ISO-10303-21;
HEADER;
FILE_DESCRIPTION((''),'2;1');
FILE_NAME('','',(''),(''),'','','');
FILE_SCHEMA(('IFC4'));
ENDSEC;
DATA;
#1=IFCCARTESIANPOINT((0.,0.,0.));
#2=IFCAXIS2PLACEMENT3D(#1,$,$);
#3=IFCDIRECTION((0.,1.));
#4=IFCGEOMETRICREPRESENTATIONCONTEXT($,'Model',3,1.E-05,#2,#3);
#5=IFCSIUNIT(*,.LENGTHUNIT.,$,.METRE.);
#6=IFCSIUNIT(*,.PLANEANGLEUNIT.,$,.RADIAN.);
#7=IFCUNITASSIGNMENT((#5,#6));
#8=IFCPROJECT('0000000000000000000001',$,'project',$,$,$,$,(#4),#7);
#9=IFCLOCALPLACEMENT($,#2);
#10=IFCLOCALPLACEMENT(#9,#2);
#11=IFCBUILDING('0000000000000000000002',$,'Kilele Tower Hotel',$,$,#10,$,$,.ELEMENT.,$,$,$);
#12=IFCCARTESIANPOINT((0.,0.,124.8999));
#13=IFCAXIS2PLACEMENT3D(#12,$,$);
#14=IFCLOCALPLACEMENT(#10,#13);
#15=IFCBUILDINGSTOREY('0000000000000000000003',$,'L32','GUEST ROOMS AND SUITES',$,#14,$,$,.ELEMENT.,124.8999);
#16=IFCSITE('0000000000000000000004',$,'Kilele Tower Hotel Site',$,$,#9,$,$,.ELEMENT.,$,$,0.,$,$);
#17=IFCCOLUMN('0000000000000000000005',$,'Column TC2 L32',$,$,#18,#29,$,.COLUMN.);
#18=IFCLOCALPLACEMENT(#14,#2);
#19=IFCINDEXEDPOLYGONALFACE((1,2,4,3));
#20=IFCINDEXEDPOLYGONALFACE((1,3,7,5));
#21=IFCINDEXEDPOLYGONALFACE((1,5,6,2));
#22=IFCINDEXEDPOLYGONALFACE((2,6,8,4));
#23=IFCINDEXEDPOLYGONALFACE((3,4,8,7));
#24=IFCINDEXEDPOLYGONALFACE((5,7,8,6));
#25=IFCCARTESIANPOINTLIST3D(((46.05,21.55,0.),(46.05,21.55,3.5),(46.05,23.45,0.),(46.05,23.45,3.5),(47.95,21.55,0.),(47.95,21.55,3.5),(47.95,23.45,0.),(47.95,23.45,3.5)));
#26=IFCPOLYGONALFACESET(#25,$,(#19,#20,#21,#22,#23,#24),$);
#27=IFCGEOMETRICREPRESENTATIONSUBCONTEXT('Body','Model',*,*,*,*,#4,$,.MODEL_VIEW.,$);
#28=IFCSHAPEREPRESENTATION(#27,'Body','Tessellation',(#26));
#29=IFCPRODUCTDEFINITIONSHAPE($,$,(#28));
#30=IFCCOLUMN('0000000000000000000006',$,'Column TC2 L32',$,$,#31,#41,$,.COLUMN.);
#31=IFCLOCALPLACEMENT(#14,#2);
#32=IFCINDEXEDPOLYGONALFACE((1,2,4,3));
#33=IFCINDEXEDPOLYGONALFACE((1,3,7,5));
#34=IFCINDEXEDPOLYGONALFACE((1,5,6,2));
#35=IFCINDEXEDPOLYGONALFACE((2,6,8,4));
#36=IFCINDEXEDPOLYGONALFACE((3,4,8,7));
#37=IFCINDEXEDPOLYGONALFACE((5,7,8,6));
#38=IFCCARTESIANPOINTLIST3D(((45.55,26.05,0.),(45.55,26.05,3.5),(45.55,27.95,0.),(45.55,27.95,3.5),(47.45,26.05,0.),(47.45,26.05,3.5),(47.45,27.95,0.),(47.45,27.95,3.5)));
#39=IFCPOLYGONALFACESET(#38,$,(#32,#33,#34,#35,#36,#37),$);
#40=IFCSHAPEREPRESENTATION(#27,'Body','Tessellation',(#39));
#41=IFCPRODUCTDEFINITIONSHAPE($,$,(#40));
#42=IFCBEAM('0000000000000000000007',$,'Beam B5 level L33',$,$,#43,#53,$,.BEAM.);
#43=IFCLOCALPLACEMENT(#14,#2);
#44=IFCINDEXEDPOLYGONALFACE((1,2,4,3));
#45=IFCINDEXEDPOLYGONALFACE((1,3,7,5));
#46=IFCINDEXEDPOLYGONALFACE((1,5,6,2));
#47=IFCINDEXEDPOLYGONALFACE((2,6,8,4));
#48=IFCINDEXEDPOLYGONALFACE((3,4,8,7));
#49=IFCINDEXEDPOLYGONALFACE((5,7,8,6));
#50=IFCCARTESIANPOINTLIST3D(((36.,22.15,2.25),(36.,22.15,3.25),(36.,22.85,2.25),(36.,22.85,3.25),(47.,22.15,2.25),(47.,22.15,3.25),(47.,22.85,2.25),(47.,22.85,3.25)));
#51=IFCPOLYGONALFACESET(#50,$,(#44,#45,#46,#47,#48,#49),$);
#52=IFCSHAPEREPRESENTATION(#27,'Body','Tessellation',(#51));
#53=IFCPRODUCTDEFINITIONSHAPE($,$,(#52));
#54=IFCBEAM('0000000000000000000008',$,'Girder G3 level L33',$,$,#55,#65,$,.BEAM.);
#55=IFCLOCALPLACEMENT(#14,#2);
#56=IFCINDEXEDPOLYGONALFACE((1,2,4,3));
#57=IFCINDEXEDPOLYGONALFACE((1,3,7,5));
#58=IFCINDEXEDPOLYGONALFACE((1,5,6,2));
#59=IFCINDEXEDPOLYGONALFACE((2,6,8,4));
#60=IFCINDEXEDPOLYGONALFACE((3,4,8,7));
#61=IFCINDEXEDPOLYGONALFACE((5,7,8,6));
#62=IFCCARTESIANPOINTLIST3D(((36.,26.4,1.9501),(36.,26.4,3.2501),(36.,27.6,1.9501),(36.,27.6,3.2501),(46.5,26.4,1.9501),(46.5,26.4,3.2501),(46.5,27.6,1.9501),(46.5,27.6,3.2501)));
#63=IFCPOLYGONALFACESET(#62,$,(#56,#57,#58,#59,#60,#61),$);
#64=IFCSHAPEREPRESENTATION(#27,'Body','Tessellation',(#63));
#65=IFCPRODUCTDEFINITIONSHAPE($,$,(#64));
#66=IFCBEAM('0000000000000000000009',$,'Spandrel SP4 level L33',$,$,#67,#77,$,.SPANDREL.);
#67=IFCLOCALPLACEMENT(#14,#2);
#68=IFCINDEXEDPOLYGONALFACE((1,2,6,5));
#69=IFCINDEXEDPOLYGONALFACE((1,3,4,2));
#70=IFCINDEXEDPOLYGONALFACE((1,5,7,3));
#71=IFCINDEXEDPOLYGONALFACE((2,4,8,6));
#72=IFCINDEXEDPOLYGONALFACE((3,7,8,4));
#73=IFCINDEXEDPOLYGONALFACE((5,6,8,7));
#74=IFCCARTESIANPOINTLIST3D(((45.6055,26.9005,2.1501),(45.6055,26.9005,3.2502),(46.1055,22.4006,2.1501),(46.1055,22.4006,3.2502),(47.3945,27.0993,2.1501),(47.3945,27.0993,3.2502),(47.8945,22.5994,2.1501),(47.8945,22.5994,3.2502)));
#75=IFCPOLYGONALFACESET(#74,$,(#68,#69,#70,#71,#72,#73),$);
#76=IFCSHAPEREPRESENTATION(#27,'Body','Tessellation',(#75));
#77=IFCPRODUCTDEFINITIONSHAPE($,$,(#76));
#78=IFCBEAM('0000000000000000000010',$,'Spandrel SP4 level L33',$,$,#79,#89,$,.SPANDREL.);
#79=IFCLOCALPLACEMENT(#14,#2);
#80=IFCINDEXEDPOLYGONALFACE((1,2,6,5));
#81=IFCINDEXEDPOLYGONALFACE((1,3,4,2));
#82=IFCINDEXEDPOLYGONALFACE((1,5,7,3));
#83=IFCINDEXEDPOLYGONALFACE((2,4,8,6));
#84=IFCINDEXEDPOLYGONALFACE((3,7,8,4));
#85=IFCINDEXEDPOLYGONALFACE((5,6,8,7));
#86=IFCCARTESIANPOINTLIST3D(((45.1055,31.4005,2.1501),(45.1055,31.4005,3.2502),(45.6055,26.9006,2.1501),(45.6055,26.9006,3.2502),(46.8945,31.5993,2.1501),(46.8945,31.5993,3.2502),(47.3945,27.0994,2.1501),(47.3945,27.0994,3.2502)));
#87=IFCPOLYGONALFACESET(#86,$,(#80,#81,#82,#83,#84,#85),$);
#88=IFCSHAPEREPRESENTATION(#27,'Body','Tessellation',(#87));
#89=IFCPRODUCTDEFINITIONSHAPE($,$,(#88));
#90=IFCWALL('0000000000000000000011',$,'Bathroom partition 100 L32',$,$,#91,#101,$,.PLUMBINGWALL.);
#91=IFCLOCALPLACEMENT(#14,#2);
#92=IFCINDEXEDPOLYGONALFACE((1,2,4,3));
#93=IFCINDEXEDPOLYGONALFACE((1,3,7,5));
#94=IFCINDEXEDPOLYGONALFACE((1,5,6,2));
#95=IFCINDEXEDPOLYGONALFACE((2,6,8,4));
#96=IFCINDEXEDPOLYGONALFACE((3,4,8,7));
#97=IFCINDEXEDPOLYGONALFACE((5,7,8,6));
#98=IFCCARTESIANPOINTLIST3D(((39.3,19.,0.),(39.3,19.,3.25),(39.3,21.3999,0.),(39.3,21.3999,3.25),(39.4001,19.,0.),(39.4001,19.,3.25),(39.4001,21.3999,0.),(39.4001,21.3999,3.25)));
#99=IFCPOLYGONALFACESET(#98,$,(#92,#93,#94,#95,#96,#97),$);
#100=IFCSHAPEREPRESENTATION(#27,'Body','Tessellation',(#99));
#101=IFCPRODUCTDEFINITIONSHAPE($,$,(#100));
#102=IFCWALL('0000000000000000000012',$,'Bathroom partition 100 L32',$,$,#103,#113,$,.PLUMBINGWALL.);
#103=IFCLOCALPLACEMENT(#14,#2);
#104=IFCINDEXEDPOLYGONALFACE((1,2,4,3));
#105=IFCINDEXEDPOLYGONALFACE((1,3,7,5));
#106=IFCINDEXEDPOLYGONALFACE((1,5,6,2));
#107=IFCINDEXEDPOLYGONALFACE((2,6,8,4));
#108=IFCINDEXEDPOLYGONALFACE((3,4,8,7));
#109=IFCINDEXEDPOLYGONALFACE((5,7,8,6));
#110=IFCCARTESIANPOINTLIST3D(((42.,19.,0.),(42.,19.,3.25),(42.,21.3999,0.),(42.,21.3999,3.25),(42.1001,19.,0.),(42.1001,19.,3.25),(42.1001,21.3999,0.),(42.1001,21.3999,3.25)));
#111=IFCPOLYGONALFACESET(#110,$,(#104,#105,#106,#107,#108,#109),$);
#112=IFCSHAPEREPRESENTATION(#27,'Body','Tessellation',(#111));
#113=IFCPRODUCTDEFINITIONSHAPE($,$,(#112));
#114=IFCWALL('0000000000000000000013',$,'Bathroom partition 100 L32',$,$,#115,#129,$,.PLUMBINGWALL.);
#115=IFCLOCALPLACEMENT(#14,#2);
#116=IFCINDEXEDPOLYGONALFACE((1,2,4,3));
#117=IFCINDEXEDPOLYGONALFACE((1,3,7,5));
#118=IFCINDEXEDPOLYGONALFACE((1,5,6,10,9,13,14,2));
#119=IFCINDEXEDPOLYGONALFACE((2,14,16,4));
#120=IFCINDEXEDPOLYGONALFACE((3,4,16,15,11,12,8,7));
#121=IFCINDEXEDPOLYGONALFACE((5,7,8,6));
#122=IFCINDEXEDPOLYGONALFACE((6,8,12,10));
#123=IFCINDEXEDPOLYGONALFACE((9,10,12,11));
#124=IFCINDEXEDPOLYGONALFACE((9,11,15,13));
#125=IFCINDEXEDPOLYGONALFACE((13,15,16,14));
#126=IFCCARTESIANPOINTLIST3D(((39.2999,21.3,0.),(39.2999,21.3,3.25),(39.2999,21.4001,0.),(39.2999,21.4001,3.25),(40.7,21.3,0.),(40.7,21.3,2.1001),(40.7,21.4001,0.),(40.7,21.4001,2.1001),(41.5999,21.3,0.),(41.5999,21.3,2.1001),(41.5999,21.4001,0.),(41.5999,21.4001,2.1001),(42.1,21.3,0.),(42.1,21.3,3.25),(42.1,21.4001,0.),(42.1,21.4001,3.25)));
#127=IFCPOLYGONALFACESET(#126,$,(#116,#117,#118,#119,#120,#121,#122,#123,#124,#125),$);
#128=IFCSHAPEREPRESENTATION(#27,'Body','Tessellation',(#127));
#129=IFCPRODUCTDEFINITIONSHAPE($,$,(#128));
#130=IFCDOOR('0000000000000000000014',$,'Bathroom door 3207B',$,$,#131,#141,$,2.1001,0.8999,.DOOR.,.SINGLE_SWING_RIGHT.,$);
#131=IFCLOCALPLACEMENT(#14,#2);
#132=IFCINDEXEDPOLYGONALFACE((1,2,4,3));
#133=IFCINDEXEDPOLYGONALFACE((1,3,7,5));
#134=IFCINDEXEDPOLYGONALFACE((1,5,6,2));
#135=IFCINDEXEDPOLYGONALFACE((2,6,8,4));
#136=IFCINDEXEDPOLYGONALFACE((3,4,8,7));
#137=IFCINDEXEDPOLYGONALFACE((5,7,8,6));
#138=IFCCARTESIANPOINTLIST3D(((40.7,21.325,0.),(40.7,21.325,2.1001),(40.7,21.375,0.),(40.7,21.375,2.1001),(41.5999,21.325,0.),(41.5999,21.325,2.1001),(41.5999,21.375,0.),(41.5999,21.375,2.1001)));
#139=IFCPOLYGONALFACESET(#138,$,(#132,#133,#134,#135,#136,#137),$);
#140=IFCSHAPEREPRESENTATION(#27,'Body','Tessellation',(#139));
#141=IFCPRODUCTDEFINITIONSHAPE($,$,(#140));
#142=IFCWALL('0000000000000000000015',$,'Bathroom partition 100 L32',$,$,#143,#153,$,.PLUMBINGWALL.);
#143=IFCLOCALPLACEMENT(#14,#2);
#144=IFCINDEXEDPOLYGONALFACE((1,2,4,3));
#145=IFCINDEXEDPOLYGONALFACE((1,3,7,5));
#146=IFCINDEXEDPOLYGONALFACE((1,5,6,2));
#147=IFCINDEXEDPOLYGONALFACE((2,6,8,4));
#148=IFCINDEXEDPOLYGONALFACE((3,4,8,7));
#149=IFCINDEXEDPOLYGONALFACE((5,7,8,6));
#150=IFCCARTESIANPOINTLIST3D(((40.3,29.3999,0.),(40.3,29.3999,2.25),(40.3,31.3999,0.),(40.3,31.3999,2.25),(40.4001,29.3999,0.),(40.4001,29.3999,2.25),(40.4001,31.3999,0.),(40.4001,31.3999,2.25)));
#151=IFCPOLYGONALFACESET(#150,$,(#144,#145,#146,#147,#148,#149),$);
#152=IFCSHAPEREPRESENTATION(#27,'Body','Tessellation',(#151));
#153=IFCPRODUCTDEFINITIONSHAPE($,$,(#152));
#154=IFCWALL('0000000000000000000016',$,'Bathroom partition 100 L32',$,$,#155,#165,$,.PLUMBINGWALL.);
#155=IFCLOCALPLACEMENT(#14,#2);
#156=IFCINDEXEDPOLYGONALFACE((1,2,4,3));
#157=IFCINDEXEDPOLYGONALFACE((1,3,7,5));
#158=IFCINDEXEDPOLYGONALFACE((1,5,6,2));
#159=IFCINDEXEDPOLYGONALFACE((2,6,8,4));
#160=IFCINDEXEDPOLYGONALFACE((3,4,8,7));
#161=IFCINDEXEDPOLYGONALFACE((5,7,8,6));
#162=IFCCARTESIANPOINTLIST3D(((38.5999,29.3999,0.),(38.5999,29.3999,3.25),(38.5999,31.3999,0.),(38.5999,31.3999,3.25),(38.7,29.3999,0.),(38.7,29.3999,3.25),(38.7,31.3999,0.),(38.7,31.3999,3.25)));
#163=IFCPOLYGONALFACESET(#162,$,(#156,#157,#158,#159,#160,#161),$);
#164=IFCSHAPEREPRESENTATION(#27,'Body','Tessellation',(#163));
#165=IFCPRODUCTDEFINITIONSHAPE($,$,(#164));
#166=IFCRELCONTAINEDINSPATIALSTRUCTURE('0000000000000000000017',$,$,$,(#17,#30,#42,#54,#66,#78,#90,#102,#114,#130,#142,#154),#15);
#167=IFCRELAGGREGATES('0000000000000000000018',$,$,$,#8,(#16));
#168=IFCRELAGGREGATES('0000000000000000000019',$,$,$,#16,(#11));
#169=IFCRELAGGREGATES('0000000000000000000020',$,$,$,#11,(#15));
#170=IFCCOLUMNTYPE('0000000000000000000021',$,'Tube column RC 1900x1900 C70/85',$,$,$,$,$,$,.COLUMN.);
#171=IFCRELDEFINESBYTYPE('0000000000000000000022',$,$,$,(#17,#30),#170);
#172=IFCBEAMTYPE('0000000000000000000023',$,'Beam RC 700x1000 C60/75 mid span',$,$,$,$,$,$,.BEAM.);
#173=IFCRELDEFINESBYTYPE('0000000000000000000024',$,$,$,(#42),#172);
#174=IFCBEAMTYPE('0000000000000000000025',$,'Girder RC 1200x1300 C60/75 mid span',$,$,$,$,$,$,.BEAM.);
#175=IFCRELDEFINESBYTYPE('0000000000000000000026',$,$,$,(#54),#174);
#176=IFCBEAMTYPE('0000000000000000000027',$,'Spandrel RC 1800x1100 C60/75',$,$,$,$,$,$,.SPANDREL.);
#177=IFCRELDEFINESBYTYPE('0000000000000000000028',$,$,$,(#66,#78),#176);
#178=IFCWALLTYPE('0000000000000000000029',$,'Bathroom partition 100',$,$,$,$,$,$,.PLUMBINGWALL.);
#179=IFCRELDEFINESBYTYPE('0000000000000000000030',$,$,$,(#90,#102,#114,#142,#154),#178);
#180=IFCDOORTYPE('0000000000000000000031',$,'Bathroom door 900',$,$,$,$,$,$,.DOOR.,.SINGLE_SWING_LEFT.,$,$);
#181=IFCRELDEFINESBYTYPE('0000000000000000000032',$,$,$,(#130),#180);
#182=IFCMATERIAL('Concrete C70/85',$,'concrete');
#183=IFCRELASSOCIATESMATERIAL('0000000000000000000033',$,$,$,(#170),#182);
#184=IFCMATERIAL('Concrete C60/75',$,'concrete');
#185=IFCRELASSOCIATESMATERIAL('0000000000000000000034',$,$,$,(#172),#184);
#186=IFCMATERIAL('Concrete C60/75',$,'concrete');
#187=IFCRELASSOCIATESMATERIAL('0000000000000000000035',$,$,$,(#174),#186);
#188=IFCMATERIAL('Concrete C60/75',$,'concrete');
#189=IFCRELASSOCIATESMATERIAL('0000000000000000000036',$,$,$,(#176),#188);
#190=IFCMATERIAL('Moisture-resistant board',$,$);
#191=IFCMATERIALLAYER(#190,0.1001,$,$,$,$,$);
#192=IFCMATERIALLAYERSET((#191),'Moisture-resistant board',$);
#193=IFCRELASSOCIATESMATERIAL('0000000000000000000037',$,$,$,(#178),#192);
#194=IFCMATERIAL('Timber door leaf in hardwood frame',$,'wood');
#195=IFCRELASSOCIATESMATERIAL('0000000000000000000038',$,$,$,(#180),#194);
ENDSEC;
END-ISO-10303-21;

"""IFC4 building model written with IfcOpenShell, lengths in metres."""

from ifc_helpers import new_model, si_unit, direction, frame, frame_2d, origin, origin_2d, place, context, subcontext, project, spatial, rectangle, extrude, material, layer, layer_set, material_profile, profile_set, type_object, element, fill, save


model = new_model("IFC4")

# Units and contexts
model_context = context("Model", 3, precision=1e-05, world=origin(), true_north=direction((0.0, 1.0)))
body_context = subcontext(model_context, "Body", "Model", "MODEL_VIEW")
ifc_project = project(units=[si_unit("LENGTHUNIT", "METRE"), si_unit("PLANEANGLEUNIT", "RADIAN")], contexts=[model_context])

# Site, building, storey
site_placement = place(None, origin())
site = spatial("IfcSite", under=ifc_project, at=site_placement, Name="Kilele Tower Hotel Site", CompositionType="ELEMENT", RefElevation=0.0)
building_placement = place(site_placement, origin())
building = spatial("IfcBuilding", under=site, at=building_placement, Name="Kilele Tower Hotel", CompositionType="ELEMENT")
storey_placement = place(building_placement, frame((0.0, 0.0, 124.8999)))
storey = spatial("IfcBuildingStorey", under=building, at=storey_placement, Name="L32", Description="GUEST ROOMS AND SUITES", CompositionType="ELEMENT", Elevation=124.8999)

# Columns
ifc_material_1 = material(Name="Concrete C70/85", Category="concrete")
ifc_material_profile_1 = material_profile(ifc_material_1, rectangle(XDim=1.8999, YDim=1.8999, at=origin_2d()))
ifc_profile_set_1 = profile_set([ifc_material_profile_1], Name="Concrete C70/85")
column_type = type_object("IfcColumnType", Name="Tube column RC 1900x1900 C70/85", PredefinedType="COLUMN", material=ifc_profile_set_1)
for number, where, z_axis, x_axis, name in (
    (1, (47.0, 22.5, 0.0), (0.0, 0.0, 1.0), (1.0, 0.0, 0.0), "Column TC2 L32"),
    (2, (46.5, 27.0, 0.0), (0.0, 0.0, 1.0), (1.0, 0.0, 0.0), "Column TC2 L32"),
):
    element("IfcColumn", number, at=place(storey_placement, frame(where, z_axis=z_axis, x_axis=x_axis)), inside=storey, type_object=column_type, Name=name, PredefinedType="COLUMN", context=body_context, shape_type="SweptSolid", body=[
        extrude(rectangle(XDim=1.8999, YDim=1.8999, at=origin_2d()), origin(), (0.0, 0.0, 1.0), 3.5),
    ])

# Beams
ifc_material_2 = material(Name="Concrete C60/75", Category="concrete")
ifc_material_profile_2 = material_profile(ifc_material_2, rectangle(XDim=0.7, YDim=1.0, at=origin_2d()))
ifc_profile_set_2 = profile_set([ifc_material_profile_2], Name="Concrete C60/75")
beam_type_1 = type_object("IfcBeamType", Name="Beam RC 700x1000 C60/75 mid span", PredefinedType="BEAM", material=ifc_profile_set_2)
beam_1_placement = place(storey_placement, frame((47.0, 22.5, 2.75), z_axis=(-1.0, 0.0, 0.0), x_axis=(0.0, -1.0, 0.0)))
element("IfcBeam", 3, at=beam_1_placement, inside=storey, type_object=beam_type_1, Name="Beam B5 level L33", PredefinedType="BEAM", context=body_context, shape_type="SweptSolid", body=[
    extrude(rectangle(XDim=0.7, YDim=1.0, at=origin_2d()), origin(), (0.0, 0.0, 1.0), 11.0),
])
ifc_material_3 = material(Name="Concrete C60/75", Category="concrete")
ifc_material_profile_3 = material_profile(ifc_material_3, rectangle(XDim=1.2, YDim=1.3, at=origin_2d()))
ifc_profile_set_3 = profile_set([ifc_material_profile_3], Name="Concrete C60/75")
beam_type_2 = type_object("IfcBeamType", Name="Girder RC 1200x1300 C60/75 mid span", PredefinedType="BEAM", material=ifc_profile_set_3)
beam_2_placement = place(storey_placement, frame((46.5, 27.0, 2.6001), z_axis=(-1.0, 0.0, 0.0), x_axis=(0.0, -1.0, 0.0)))
element("IfcBeam", 4, at=beam_2_placement, inside=storey, type_object=beam_type_2, Name="Girder G3 level L33", PredefinedType="BEAM", context=body_context, shape_type="SweptSolid", body=[
    extrude(rectangle(XDim=1.2, YDim=1.3, at=origin_2d()), origin(), (0.0, 0.0, 1.0), 10.5),
])
ifc_material_4 = material(Name="Concrete C60/75", Category="concrete")
ifc_material_profile_4 = material_profile(ifc_material_4, rectangle(XDim=1.8, YDim=1.1001, at=origin_2d()))
ifc_profile_set_4 = profile_set([ifc_material_profile_4], Name="Concrete C60/75")
beam_type_3 = type_object("IfcBeamType", Name="Spandrel RC 1800x1100 C60/75", PredefinedType="SPANDREL", material=ifc_profile_set_4)
for number, where, z_axis, x_axis, name in (
    (5, (47.0, 22.5, 2.7002), (-0.110432, 0.993884, 0.0), (-0.993884, -0.110432, 0.0), "Spandrel SP4 level L33"),
    (6, (46.5, 27.0, 2.7002), (-0.110432, 0.993884, 0.0), (-0.993884, -0.110432, 0.0), "Spandrel SP4 level L33"),
):
    element("IfcBeam", number, at=place(storey_placement, frame(where, z_axis=z_axis, x_axis=x_axis)), inside=storey, type_object=beam_type_3, Name=name, PredefinedType="SPANDREL", context=body_context, shape_type="SweptSolid", body=[
        extrude(rectangle(XDim=1.8, YDim=1.1001, at=origin_2d()), origin(), (0.0, 0.0, 1.0), 4.5276),
    ])

# Walls
ifc_material_5 = material(Name="Moisture-resistant board")
ifc_layer_1 = layer(ifc_material_5, 0.1001)
ifc_layer_set_1 = layer_set([ifc_layer_1], Name="Moisture-resistant board")
wall_type_1 = type_object("IfcWallType", Name="Bathroom partition 100", PredefinedType="PLUMBINGWALL", material=ifc_layer_set_1)
for number, where, z_axis, x_axis, name in (
    (7, (39.3501, 19.0, 0.0), (0.0, 0.0, 1.0), (0.0, 1.0, 0.0), "Bathroom partition 100 L32"),
    (8, (42.05, 19.0, 0.0), (0.0, 0.0, 1.0), (0.0, 1.0, 0.0), "Bathroom partition 100 L32"),
):
    element("IfcWall", number, at=place(storey_placement, frame(where, z_axis=z_axis, x_axis=x_axis)), inside=storey, type_object=wall_type_1, Name=name, PredefinedType="PLUMBINGWALL", context=body_context, shape_type="SweptSolid", body=[
        extrude(rectangle(XDim=2.3999, YDim=0.1001, at=frame_2d((1.2, 0.0))), origin(), (0.0, 0.0, 1.0), 3.25),
    ])

# Wall, opening, door
wall_1_placement = place(storey_placement, frame((39.3, 21.3501, 0.0), z_axis=(0.0, 0.0, 1.0), x_axis=(1.0, 0.0, 0.0)))
wall_1 = element("IfcWall", 9, at=wall_1_placement, inside=storey, type_object=wall_type_1, Name="Bathroom partition 100 L32", PredefinedType="PLUMBINGWALL", context=body_context, shape_type="SweptSolid", body=[
    extrude(rectangle(XDim=2.8, YDim=0.1001, at=frame_2d((1.3999, 0.0))), origin(), (0.0, 0.0, 1.0), 3.25),
])
opening_1_placement = place(wall_1_placement, frame((1.3999, 0.0, 0.0)))
opening_1 = element("IfcOpeningElement", 10, at=opening_1_placement, cuts=wall_1, PredefinedType="OPENING", context=body_context, shape_type="SweptSolid", body=[
    extrude(rectangle(XDim=0.8999, YDim=2.1001, at=frame_2d((0.45, 1.05))), frame((0.0, 0.0601, 0.0), z_axis=(0.0, -1.0, 0.0), x_axis=(1.0, 0.0, 0.0)), (0.0, 0.0, 1.0), 0.1201),
])
ifc_material_6 = material(Name="Timber door leaf in hardwood frame", Category="wood")
door_type_1 = type_object("IfcDoorType", Name="Bathroom door 900", OperationType="SINGLE_SWING_LEFT", PredefinedType="DOOR", material=ifc_material_6)
door_1_placement = place(opening_1_placement, origin())
door_1 = element("IfcDoor", 11, at=door_1_placement, inside=storey, type_object=door_type_1, Name="Bathroom door 3207B", OperationType="SINGLE_SWING_RIGHT", OverallHeight=2.1001, OverallWidth=0.8999, PredefinedType="DOOR", context=body_context, shape_type="SweptSolid", body=[
    extrude(rectangle(XDim=0.8999, YDim=2.1001, at=frame_2d((0.45, 1.05))), frame((0.0, 0.0249, 0.0), z_axis=(0.0, -1.0, 0.0), x_axis=(1.0, 0.0, 0.0)), (0.0, 0.0, 1.0), 0.05),
])
fill(opening_1, door_1)

# Walls
wall_2_placement = place(storey_placement, frame((40.3501, 31.3999, 0.0), z_axis=(0.0, 0.0, 1.0), x_axis=(0.0, -1.0, 0.0)))
element("IfcWall", 12, at=wall_2_placement, inside=storey, type_object=wall_type_1, Name="Bathroom partition 100 L32", PredefinedType="PLUMBINGWALL", context=body_context, shape_type="SweptSolid", body=[
    extrude(rectangle(XDim=2.0, YDim=0.1001, at=frame_2d((1.0, 0.0))), origin(), (0.0, 0.0, 1.0), 2.25),
])
wall_3_placement = place(storey_placement, frame((38.6499, 31.3999, 0.0), z_axis=(0.0, 0.0, 1.0), x_axis=(0.0, -1.0, 0.0)))
element("IfcWall", 13, at=wall_3_placement, inside=storey, type_object=wall_type_1, Name="Bathroom partition 100 L32", PredefinedType="PLUMBINGWALL", context=body_context, shape_type="SweptSolid", body=[
    extrude(rectangle(XDim=2.0, YDim=0.1001, at=frame_2d((1.0, 0.0))), origin(), (0.0, 0.0, 1.0), 3.25),
])

save(model, "model.ifc")
